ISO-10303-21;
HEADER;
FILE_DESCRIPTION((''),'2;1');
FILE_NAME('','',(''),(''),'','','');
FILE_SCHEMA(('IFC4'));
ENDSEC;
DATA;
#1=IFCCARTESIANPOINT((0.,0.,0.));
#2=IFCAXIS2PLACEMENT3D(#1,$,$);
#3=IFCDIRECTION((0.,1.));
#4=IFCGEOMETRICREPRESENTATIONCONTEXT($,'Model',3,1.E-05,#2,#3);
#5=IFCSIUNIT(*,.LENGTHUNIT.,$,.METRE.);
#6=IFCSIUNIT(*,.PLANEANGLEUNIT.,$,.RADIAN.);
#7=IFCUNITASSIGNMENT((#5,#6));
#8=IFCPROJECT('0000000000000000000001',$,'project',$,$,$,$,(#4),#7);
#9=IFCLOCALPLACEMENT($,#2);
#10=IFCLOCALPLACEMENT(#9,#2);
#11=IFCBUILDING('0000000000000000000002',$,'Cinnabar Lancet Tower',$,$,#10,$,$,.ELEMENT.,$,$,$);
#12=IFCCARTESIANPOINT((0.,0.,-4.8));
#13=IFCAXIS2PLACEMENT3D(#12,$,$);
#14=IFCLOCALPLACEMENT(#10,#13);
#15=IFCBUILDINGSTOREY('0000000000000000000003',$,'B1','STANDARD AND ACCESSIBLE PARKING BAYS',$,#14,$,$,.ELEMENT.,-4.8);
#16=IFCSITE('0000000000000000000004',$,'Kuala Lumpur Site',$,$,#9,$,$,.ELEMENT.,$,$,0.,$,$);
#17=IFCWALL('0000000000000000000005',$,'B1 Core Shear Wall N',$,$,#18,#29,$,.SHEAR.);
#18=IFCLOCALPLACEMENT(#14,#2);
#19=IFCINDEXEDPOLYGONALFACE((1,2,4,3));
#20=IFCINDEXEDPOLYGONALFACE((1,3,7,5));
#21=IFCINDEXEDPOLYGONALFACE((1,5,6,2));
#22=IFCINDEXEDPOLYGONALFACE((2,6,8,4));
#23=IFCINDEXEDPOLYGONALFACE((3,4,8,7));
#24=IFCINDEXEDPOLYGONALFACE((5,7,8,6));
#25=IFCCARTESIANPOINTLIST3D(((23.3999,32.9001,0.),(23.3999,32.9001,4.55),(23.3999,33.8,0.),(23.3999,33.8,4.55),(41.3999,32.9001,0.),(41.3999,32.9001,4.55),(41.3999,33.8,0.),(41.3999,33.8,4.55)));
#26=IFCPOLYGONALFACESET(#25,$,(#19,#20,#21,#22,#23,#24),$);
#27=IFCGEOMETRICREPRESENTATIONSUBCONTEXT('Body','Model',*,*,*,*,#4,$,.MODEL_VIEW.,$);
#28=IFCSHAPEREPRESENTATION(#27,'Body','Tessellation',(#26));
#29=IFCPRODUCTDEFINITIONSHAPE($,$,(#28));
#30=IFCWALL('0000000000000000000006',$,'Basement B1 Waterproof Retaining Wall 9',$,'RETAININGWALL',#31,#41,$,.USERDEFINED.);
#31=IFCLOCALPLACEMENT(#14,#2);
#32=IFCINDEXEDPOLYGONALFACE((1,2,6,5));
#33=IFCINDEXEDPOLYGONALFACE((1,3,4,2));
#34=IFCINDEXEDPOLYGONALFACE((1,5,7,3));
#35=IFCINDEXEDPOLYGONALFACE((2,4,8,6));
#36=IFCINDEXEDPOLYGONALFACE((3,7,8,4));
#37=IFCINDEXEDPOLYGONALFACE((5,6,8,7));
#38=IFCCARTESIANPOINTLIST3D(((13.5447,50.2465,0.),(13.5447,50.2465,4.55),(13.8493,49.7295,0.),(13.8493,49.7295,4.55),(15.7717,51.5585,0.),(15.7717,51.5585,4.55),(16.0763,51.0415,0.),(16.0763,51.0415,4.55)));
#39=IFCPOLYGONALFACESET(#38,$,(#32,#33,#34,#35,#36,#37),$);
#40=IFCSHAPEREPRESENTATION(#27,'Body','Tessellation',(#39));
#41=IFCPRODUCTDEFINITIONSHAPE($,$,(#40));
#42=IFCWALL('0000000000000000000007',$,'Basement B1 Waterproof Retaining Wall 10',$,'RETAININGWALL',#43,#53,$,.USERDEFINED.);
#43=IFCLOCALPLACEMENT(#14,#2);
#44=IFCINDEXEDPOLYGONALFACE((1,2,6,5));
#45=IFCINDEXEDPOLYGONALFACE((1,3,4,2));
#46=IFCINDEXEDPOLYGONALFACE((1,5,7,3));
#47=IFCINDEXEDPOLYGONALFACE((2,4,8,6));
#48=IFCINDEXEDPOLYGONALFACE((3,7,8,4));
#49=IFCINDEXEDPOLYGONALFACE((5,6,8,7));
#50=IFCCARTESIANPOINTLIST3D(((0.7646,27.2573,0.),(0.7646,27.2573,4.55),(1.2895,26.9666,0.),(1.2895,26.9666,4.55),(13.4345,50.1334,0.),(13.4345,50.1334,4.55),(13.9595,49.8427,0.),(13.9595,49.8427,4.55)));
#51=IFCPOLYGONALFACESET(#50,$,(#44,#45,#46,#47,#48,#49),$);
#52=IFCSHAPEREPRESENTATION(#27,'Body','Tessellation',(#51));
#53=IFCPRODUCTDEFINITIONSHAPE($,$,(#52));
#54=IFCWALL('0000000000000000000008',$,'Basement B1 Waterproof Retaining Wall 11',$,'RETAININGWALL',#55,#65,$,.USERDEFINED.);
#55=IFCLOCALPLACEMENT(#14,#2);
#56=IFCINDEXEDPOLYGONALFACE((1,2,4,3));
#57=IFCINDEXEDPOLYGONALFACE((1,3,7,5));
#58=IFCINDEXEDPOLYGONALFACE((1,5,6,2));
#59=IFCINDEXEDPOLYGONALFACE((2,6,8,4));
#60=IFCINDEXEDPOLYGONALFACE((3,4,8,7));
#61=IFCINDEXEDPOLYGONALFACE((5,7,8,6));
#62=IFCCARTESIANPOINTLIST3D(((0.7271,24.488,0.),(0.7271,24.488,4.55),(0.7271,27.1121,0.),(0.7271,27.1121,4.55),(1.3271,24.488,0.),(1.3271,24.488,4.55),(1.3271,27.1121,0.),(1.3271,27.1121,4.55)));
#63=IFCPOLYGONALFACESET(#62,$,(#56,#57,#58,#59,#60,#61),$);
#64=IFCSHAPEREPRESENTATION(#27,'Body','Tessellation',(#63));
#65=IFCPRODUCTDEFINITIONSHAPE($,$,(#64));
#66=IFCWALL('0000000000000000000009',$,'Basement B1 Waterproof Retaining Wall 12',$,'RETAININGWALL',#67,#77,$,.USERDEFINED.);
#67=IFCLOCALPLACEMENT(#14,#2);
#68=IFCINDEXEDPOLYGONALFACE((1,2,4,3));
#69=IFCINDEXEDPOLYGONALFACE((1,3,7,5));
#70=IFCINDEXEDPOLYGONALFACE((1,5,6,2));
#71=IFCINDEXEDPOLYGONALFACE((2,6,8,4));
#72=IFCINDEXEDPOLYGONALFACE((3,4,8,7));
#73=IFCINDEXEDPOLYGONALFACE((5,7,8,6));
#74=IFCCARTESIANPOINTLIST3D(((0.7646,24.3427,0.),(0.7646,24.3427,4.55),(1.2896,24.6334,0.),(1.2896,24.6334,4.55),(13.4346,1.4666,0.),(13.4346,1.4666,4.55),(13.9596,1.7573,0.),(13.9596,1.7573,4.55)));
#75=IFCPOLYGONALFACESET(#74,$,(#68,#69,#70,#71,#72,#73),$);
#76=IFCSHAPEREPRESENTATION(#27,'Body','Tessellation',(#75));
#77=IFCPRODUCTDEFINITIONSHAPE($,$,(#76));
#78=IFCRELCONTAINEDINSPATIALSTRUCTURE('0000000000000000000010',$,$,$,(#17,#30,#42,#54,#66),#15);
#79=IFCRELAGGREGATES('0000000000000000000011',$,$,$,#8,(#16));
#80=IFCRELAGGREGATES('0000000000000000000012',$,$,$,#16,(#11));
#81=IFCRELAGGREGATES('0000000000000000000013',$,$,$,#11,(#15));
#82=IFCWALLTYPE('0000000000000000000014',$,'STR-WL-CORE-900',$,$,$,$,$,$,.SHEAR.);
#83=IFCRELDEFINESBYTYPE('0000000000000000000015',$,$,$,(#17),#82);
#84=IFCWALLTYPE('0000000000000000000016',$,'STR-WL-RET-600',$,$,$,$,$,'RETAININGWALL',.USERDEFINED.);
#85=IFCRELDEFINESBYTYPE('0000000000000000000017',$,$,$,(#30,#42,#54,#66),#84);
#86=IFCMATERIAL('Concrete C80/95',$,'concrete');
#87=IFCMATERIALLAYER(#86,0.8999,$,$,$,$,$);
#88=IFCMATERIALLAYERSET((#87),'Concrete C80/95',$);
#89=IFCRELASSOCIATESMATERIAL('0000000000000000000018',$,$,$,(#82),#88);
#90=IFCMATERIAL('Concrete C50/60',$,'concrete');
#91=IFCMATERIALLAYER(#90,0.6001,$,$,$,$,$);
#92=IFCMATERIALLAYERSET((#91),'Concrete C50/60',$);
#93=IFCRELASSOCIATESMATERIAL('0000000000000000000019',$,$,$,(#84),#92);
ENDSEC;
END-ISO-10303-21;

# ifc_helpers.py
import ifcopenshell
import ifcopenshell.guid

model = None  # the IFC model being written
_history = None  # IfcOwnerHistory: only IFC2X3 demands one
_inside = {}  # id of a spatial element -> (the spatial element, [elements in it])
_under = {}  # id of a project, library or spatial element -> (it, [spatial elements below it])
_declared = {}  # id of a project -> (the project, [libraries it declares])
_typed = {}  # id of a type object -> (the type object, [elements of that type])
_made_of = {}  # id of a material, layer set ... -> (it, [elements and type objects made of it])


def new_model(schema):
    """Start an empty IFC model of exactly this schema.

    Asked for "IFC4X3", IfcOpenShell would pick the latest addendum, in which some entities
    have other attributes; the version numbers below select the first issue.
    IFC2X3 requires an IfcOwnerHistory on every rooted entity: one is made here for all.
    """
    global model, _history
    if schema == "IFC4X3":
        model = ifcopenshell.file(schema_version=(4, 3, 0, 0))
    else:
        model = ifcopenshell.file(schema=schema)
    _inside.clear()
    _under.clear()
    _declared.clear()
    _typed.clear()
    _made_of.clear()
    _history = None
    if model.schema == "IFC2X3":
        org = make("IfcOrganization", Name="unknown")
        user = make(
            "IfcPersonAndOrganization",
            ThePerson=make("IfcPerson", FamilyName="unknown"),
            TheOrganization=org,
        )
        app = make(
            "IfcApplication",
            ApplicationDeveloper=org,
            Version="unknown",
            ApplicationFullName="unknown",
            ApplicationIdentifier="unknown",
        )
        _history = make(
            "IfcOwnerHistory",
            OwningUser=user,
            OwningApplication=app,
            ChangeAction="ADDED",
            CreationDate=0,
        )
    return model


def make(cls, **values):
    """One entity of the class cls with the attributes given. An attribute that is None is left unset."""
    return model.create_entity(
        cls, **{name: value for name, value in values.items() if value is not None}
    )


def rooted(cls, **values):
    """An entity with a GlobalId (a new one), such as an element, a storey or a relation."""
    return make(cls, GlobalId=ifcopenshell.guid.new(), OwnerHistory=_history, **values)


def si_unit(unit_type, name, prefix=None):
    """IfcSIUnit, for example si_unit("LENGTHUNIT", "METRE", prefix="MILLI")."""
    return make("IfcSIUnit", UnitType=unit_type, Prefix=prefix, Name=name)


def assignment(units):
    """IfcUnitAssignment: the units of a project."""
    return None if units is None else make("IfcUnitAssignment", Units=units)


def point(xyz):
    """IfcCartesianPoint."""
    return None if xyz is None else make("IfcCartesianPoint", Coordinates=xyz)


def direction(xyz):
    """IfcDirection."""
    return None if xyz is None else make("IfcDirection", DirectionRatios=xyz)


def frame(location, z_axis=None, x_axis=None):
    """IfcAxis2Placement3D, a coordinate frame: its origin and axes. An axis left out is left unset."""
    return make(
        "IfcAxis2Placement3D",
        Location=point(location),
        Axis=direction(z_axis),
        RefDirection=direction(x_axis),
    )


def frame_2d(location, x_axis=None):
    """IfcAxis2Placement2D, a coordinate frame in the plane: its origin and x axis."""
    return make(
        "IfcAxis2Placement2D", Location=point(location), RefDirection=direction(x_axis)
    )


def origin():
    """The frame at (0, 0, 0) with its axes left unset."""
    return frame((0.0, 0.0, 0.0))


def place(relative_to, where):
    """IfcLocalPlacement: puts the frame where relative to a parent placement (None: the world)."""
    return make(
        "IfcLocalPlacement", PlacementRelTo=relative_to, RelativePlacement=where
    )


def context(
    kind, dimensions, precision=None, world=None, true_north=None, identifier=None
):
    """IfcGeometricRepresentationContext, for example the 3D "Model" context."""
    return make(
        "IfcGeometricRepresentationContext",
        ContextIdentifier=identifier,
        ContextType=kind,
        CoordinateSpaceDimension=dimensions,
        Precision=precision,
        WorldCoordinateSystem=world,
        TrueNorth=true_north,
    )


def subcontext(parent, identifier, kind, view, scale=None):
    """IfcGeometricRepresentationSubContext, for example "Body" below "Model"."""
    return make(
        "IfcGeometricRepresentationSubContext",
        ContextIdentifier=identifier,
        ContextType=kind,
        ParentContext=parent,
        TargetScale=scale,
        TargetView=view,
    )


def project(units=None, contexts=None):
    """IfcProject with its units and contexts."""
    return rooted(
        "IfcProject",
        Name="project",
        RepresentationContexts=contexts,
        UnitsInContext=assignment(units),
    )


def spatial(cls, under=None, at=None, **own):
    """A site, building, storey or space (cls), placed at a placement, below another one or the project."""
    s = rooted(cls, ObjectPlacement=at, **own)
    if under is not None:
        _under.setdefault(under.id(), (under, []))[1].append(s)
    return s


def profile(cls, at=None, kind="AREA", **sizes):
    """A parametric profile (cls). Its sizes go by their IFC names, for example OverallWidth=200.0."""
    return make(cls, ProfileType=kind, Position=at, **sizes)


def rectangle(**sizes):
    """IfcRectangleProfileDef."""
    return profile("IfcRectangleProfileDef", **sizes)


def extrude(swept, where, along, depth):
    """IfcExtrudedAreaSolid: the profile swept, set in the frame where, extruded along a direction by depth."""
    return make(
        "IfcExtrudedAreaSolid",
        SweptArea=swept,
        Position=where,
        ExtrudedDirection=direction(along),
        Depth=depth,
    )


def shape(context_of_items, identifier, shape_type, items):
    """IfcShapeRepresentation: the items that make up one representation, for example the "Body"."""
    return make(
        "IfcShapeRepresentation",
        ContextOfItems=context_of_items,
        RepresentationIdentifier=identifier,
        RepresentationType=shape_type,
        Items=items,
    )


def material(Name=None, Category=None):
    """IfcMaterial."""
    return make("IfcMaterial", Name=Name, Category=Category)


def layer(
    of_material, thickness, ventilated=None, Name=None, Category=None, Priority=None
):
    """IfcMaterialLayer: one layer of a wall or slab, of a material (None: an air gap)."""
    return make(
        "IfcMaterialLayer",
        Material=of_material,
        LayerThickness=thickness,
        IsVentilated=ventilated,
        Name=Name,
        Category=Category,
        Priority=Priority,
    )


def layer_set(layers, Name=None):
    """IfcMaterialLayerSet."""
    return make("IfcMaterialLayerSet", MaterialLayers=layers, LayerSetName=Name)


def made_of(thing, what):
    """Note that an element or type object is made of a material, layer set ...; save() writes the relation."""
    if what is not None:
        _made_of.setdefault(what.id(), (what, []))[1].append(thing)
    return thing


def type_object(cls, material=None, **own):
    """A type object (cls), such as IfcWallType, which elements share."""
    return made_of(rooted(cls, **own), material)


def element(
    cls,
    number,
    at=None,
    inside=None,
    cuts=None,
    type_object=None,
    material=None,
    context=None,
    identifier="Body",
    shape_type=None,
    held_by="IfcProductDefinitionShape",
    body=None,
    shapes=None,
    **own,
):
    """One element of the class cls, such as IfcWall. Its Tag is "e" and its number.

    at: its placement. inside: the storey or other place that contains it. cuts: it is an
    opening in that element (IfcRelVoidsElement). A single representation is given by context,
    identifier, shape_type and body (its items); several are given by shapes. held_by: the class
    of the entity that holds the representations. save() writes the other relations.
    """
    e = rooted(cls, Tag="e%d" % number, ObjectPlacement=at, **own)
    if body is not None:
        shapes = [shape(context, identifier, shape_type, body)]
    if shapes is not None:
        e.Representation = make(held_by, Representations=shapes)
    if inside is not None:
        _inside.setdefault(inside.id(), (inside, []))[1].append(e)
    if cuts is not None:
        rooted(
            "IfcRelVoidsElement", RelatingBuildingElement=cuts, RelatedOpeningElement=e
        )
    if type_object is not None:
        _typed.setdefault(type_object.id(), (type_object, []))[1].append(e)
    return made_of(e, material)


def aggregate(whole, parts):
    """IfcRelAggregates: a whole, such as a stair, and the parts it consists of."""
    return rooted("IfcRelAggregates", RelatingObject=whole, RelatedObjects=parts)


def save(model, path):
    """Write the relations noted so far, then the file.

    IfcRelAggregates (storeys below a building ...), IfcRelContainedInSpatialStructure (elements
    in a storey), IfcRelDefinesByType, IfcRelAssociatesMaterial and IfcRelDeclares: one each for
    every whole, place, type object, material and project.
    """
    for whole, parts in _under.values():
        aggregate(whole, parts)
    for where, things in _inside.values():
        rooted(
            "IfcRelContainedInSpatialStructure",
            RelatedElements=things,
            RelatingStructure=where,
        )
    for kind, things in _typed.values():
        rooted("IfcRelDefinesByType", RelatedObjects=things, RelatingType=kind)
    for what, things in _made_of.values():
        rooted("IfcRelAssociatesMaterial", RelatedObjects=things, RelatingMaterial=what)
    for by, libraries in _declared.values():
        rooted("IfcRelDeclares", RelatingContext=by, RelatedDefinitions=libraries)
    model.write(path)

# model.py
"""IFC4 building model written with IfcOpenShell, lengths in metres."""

from ifc_helpers import new_model, si_unit, direction, frame, frame_2d, origin, place, context, subcontext, project, spatial, rectangle, extrude, material, layer, layer_set, type_object, element, save


model = new_model("IFC4")

# Units and contexts
model_context = context("Model", 3, precision=1e-05, world=origin(), true_north=direction((0.0, 1.0)))
body_context = subcontext(model_context, "Body", "Model", "MODEL_VIEW")
ifc_project = project(units=[si_unit("LENGTHUNIT", "METRE"), si_unit("PLANEANGLEUNIT", "RADIAN")], contexts=[model_context])

# Site, building, storey
site_placement = place(None, origin())
site = spatial("IfcSite", under=ifc_project, at=site_placement, Name="Kuala Lumpur Site", CompositionType="ELEMENT", RefElevation=0.0)
building_placement = place(site_placement, origin())
building = spatial("IfcBuilding", under=site, at=building_placement, Name="Cinnabar Lancet Tower", CompositionType="ELEMENT")
storey_placement = place(building_placement, frame((0.0, 0.0, -4.8)))
storey = spatial("IfcBuildingStorey", under=building, at=storey_placement, Name="B1", Description="STANDARD AND ACCESSIBLE PARKING BAYS", CompositionType="ELEMENT", Elevation=-4.8)

# Walls
ifc_material_1 = material(Name="Concrete C80/95", Category="concrete")
ifc_layer_1 = layer(ifc_material_1, 0.8999)
ifc_layer_set_1 = layer_set([ifc_layer_1], Name="Concrete C80/95")
wall_type_1 = type_object("IfcWallType", Name="STR-WL-CORE-900", PredefinedType="SHEAR", material=ifc_layer_set_1)
wall_1_placement = place(storey_placement, frame((23.3999, 33.3501, 0.0), z_axis=(0.0, 0.0, 1.0), x_axis=(1.0, 0.0, 0.0)))
element("IfcWall", 1, at=wall_1_placement, inside=storey, type_object=wall_type_1, Name="B1 Core Shear Wall N", PredefinedType="SHEAR", context=body_context, shape_type="SweptSolid", body=[
    extrude(rectangle(XDim=18.0, YDim=0.8999, at=frame_2d((9.0, 0.0))), origin(), (0.0, 0.0, 1.0), 4.55),
])
ifc_material_2 = material(Name="Concrete C50/60", Category="concrete")
ifc_layer_2 = layer(ifc_material_2, 0.6001)
ifc_layer_set_2 = layer_set([ifc_layer_2], Name="Concrete C50/60")
wall_type_2 = type_object("IfcWallType", Name="STR-WL-RET-600", ElementType="RETAININGWALL", PredefinedType="USERDEFINED", material=ifc_layer_set_2)
wall_2_placement = place(storey_placement, frame((15.9241, 51.3, 0.0), z_axis=(0.0, 0.0, 1.0), x_axis=(-0.861599, -0.50759, 0.0)))
element("IfcWall", 2, at=wall_2_placement, inside=storey, type_object=wall_type_2, Name="Basement B1 Waterproof Retaining Wall 9", ObjectType="RETAININGWALL", PredefinedType="USERDEFINED", context=body_context, shape_type="SweptSolid", body=[
    extrude(rectangle(XDim=2.5847, YDim=0.6001, at=frame_2d((1.2925, 0.0))), origin(), (0.0, 0.0, 1.0), 4.55),
])
wall_3_placement = place(storey_placement, frame((13.697, 49.988, 0.0), z_axis=(0.0, 0.0, 1.0), x_axis=(-0.484504, -0.874789, 0.0)))
element("IfcWall", 3, at=wall_3_placement, inside=storey, type_object=wall_type_2, Name="Basement B1 Waterproof Retaining Wall 10", ObjectType="RETAININGWALL", PredefinedType="USERDEFINED", context=body_context, shape_type="SweptSolid", body=[
    extrude(rectangle(XDim=26.1504, YDim=0.6001, at=frame_2d((13.0752, 0.0))), origin(), (0.0, 0.0, 1.0), 4.55),
])
wall_4_placement = place(storey_placement, frame((1.0271, 27.1121, 0.0), z_axis=(0.0, 0.0, 1.0), x_axis=(0.0, -1.0, 0.0)))
element("IfcWall", 4, at=wall_4_placement, inside=storey, type_object=wall_type_2, Name="Basement B1 Waterproof Retaining Wall 11", ObjectType="RETAININGWALL", PredefinedType="USERDEFINED", context=body_context, shape_type="SweptSolid", body=[
    extrude(rectangle(XDim=2.624, YDim=0.6001, at=frame_2d((1.312, 0.0))), origin(), (0.0, 0.0, 1.0), 4.55),
])
wall_5_placement = place(storey_placement, frame((1.0271, 24.488, 0.0), z_axis=(0.0, 0.0, 1.0), x_axis=(0.484504, -0.874789, 0.0)))
element("IfcWall", 5, at=wall_5_placement, inside=storey, type_object=wall_type_2, Name="Basement B1 Waterproof Retaining Wall 12", ObjectType="RETAININGWALL", PredefinedType="USERDEFINED", context=body_context, shape_type="SweptSolid", body=[
    extrude(rectangle(XDim=26.1504, YDim=0.6001, at=frame_2d((13.0752, 0.0))), origin(), (0.0, 0.0, 1.0), 4.55),
])

save(model, "model.ifc")
